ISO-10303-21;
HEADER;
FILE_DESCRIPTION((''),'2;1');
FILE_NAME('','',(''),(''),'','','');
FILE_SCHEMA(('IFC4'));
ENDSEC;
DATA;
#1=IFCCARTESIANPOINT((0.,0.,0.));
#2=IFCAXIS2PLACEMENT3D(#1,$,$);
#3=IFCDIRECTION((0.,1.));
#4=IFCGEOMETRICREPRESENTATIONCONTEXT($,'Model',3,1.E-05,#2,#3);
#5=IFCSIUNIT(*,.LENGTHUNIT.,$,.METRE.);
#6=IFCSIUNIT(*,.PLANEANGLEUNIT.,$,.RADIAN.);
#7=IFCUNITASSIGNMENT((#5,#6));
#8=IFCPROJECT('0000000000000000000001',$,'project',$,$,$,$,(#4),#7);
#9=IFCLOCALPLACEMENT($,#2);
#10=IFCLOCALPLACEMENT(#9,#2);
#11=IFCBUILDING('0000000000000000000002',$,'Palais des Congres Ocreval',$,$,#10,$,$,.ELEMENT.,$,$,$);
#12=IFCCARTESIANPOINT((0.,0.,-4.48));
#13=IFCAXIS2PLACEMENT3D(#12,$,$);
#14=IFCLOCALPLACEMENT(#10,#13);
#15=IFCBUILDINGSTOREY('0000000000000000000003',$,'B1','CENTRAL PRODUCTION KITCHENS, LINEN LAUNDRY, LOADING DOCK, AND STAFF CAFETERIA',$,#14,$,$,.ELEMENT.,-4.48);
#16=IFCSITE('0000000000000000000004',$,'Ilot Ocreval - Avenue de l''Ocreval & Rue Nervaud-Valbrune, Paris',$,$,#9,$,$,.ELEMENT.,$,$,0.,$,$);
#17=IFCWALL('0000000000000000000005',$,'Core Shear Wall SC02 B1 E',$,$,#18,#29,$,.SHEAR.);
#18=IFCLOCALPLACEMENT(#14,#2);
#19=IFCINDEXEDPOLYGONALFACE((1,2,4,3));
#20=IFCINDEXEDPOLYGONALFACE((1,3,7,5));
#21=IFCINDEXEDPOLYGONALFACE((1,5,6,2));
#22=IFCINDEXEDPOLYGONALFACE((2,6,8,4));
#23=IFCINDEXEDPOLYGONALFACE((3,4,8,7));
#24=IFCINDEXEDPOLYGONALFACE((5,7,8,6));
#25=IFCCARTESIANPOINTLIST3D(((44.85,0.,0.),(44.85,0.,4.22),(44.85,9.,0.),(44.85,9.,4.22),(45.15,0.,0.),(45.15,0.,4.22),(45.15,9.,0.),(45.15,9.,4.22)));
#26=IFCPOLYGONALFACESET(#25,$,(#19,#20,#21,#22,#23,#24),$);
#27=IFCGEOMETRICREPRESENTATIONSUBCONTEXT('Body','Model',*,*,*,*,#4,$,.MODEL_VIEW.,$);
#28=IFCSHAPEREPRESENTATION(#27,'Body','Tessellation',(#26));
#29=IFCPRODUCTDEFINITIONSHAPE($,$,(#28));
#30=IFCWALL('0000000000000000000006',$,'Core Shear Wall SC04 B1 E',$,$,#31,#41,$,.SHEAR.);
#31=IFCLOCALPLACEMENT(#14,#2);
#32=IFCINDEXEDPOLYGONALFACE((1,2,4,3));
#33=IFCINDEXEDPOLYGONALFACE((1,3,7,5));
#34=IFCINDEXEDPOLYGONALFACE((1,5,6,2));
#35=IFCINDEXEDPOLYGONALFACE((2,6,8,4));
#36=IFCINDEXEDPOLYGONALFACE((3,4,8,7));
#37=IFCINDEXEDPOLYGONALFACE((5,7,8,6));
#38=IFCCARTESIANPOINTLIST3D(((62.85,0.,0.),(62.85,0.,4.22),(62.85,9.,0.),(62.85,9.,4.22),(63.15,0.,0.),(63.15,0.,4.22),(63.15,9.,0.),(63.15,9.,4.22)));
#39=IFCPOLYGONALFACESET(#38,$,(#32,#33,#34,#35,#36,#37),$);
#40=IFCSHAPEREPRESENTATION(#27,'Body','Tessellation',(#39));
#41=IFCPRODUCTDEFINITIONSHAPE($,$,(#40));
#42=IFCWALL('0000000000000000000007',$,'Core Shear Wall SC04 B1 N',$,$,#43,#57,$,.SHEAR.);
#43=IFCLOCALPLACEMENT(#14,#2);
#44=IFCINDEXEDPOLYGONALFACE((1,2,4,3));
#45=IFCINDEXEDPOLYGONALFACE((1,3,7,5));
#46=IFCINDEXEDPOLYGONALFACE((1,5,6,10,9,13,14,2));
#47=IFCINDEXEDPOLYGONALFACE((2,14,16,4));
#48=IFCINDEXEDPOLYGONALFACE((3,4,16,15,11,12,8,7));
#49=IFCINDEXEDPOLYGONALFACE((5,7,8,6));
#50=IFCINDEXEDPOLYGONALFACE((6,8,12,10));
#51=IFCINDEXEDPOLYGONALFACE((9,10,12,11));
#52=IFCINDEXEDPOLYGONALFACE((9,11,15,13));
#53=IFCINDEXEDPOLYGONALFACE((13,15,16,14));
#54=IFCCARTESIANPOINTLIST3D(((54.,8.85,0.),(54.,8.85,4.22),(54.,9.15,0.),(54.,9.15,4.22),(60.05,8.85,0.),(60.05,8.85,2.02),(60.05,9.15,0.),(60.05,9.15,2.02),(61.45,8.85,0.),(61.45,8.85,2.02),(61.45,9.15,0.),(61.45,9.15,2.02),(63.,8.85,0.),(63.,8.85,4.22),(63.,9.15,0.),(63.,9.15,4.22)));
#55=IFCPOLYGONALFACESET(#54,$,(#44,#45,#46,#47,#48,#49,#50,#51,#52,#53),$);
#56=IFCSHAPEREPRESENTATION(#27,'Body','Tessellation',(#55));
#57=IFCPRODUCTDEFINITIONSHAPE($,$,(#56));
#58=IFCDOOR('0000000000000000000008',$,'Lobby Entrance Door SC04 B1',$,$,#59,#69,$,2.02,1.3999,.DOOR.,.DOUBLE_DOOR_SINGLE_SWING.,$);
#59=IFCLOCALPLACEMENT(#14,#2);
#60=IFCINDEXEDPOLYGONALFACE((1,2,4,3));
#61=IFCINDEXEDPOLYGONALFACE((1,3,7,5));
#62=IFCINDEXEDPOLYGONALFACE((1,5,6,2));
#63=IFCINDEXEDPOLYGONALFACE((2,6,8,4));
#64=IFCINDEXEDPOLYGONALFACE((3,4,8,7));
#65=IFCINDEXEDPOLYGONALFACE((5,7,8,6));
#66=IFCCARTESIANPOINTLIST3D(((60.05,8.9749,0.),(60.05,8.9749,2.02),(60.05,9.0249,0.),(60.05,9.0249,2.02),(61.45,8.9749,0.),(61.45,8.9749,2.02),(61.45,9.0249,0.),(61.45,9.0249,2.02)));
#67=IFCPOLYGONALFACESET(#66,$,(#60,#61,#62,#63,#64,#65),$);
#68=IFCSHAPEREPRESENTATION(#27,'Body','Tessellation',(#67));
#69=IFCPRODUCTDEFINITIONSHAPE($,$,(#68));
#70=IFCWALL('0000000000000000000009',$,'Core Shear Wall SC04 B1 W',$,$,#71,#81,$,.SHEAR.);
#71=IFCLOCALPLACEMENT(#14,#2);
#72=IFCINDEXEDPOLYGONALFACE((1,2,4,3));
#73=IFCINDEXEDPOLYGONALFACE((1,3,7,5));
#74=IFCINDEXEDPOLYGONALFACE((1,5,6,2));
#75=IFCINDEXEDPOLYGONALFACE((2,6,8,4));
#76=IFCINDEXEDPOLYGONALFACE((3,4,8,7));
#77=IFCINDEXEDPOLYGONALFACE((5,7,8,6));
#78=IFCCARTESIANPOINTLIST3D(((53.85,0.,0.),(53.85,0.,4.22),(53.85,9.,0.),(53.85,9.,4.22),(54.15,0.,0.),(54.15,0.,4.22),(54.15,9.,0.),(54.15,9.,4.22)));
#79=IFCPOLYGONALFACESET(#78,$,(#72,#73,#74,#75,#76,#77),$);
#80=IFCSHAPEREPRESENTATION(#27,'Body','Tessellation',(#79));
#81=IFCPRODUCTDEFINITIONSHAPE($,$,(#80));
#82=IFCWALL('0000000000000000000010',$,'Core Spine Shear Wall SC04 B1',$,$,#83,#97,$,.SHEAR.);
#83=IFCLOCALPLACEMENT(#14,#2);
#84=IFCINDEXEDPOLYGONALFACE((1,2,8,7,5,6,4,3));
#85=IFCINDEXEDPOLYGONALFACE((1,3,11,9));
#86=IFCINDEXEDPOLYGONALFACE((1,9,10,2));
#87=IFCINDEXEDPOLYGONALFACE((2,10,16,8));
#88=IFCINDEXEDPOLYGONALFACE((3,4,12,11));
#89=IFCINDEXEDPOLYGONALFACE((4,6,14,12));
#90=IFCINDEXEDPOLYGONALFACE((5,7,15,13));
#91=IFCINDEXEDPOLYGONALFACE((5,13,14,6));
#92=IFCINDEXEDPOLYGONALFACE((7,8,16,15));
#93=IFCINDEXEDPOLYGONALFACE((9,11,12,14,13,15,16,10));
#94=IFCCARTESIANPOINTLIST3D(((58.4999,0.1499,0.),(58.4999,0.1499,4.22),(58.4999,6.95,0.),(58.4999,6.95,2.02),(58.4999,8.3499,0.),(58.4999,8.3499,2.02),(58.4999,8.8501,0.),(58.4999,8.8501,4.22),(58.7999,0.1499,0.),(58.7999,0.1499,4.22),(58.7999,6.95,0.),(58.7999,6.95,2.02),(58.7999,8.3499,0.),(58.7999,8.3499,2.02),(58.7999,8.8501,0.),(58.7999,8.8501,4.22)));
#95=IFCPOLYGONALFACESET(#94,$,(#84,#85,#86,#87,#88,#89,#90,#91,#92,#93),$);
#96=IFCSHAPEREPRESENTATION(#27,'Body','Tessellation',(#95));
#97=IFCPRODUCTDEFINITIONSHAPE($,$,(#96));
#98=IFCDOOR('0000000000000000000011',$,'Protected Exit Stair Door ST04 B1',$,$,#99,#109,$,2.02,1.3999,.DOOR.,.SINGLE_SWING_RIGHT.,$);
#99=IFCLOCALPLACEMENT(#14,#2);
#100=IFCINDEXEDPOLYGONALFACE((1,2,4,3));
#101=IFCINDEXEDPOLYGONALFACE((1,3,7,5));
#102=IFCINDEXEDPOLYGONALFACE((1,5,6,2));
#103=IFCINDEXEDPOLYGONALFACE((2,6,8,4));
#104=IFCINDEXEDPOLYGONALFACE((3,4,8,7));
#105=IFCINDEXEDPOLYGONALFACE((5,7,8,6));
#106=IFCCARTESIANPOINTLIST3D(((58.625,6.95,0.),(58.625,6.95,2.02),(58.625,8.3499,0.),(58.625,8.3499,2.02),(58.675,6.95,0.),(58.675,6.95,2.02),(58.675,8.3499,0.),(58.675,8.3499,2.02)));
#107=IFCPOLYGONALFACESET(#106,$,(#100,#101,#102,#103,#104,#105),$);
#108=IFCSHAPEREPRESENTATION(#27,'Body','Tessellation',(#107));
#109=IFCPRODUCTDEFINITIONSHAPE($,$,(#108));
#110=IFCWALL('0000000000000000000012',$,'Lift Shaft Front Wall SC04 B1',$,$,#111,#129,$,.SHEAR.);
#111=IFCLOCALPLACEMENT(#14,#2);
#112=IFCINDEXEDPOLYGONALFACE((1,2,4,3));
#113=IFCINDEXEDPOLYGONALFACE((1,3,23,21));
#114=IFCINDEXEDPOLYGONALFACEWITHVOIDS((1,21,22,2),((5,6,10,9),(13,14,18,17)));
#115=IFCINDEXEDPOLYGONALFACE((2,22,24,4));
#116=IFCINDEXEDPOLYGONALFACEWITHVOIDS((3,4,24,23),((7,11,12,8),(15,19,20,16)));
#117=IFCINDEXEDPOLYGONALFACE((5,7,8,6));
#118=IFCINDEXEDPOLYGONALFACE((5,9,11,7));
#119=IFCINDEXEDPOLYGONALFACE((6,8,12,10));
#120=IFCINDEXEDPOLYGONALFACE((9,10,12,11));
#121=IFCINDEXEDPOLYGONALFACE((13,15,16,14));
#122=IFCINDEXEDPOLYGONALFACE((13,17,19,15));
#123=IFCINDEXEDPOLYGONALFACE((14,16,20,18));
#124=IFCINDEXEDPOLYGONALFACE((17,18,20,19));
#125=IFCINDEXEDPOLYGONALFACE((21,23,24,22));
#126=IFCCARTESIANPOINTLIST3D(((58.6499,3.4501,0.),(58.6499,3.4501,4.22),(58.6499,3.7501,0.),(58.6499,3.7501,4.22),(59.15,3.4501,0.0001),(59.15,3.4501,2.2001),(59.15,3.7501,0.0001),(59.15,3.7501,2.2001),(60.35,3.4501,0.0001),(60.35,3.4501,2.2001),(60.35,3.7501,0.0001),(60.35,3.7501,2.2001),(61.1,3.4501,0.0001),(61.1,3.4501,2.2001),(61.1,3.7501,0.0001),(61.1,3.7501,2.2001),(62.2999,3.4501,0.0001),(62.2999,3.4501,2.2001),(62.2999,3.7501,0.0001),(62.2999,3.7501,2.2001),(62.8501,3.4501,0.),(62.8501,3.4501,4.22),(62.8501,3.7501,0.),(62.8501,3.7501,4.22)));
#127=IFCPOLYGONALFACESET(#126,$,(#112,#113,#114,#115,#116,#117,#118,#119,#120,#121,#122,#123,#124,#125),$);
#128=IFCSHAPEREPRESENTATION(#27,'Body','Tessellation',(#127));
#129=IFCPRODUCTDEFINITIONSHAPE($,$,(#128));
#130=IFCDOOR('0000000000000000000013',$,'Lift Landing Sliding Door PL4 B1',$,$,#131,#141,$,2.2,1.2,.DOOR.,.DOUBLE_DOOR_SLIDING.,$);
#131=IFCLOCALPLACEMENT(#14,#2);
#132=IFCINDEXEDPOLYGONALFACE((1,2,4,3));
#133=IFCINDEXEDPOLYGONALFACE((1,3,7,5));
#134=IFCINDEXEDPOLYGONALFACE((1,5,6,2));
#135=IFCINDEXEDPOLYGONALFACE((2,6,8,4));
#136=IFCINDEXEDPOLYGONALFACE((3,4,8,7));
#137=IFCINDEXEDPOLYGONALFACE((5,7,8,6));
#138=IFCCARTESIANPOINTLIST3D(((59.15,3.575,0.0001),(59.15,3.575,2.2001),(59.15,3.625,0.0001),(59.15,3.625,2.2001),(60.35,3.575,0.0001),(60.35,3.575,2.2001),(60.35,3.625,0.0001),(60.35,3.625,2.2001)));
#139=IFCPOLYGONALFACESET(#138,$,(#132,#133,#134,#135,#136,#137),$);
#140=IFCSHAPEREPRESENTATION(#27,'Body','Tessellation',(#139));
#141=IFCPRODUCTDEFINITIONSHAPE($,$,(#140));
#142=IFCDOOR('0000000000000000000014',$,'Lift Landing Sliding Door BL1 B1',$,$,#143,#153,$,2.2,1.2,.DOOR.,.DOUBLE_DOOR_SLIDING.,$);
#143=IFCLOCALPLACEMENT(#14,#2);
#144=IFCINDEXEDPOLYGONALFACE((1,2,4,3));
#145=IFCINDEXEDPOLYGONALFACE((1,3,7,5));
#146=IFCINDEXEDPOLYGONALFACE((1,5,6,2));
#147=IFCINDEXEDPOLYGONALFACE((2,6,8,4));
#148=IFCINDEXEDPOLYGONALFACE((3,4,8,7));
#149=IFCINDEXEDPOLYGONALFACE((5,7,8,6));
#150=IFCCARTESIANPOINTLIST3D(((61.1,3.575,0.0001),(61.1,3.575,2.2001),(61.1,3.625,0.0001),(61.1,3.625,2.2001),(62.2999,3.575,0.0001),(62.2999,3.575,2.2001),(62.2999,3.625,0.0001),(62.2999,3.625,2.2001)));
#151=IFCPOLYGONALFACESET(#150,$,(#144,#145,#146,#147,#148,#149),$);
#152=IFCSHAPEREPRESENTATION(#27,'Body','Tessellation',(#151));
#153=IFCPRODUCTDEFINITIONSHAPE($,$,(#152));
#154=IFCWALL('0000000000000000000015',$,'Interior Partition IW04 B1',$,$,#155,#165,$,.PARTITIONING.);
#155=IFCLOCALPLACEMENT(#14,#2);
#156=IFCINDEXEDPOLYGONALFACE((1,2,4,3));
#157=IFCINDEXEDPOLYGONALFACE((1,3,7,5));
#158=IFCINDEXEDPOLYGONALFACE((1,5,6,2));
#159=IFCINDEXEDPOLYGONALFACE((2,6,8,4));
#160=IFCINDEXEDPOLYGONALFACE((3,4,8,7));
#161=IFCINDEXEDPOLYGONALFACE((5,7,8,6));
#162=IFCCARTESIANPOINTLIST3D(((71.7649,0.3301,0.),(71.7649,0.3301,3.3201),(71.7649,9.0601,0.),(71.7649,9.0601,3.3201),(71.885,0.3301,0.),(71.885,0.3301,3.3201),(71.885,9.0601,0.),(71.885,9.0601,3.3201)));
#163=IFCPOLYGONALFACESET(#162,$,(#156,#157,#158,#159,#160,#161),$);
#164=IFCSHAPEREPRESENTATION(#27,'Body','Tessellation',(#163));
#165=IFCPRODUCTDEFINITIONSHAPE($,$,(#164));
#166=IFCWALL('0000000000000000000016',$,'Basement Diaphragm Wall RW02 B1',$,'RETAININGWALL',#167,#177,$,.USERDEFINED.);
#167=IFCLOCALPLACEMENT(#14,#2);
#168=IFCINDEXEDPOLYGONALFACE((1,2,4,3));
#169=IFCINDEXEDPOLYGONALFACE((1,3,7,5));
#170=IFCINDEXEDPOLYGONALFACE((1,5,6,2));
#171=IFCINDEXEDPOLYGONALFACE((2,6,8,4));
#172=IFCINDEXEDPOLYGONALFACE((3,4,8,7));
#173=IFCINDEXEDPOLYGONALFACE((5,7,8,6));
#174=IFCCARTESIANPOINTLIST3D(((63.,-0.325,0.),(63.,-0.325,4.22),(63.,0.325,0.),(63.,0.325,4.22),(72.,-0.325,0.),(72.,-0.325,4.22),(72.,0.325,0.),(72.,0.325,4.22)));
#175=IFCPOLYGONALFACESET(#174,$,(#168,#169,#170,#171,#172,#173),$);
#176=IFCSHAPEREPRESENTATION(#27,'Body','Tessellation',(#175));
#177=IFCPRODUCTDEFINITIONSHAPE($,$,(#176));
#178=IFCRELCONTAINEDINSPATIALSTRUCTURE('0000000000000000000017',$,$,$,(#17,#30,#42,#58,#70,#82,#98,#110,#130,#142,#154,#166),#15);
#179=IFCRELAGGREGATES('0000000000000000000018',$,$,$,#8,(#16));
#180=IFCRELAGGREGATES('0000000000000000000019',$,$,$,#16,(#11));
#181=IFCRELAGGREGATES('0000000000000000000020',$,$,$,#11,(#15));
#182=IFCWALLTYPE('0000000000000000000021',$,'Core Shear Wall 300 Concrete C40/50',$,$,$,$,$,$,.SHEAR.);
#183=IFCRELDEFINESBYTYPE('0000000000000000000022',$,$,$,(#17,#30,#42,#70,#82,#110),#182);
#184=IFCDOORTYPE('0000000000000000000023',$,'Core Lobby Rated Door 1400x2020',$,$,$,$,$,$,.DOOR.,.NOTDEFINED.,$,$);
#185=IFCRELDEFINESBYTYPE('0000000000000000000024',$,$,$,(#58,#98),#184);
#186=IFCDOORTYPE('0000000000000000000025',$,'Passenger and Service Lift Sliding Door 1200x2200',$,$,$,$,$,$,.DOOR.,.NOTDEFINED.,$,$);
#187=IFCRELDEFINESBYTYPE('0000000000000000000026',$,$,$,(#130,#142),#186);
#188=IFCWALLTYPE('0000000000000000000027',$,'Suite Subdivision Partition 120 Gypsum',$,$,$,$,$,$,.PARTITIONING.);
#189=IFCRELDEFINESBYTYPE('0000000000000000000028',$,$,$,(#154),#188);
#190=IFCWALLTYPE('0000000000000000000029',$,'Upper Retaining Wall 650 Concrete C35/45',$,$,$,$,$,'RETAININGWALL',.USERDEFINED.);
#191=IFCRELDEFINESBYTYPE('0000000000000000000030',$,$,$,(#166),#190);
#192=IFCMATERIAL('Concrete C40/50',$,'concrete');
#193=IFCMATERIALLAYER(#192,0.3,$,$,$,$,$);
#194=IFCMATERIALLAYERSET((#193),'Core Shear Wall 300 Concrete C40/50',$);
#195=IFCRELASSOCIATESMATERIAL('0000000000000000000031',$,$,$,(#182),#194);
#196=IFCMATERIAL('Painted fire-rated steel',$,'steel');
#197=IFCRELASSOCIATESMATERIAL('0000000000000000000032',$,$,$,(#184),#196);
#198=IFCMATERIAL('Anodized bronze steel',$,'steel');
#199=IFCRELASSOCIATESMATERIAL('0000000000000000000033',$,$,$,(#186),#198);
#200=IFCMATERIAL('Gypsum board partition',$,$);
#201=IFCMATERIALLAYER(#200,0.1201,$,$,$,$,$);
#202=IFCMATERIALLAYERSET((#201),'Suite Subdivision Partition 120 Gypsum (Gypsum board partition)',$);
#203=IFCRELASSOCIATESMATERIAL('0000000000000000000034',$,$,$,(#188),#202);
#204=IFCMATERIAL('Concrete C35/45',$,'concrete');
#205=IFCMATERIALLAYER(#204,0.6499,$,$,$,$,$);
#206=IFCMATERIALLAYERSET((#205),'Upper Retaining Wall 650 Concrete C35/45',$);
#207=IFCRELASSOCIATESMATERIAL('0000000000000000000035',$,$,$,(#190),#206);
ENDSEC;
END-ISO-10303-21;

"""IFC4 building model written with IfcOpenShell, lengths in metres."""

from ifc_helpers import new_model, si_unit, direction, frame, frame_2d, origin, place, context, subcontext, project, spatial, rectangle, extrude, material, layer, layer_set, type_object, element, fill, save


model = new_model("IFC4")

# Units and contexts
model_context = context("Model", 3, precision=1e-05, world=origin(), true_north=direction((0.0, 1.0)))
body_context = subcontext(model_context, "Body", "Model", "MODEL_VIEW")
ifc_project = project(units=[si_unit("LENGTHUNIT", "METRE"), si_unit("PLANEANGLEUNIT", "RADIAN")], contexts=[model_context])

# Site, building, storey
site_placement = place(None, origin())
site = spatial("IfcSite", under=ifc_project, at=site_placement, Name="Ilot Ocreval - Avenue de l'Ocreval & Rue Nervaud-Valbrune, Paris", CompositionType="ELEMENT", RefElevation=0.0)
building_placement = place(site_placement, origin())
building = spatial("IfcBuilding", under=site, at=building_placement, Name="Palais des Congres Ocreval", CompositionType="ELEMENT")
storey_placement = place(building_placement, frame((0.0, 0.0, -4.48)))
storey = spatial("IfcBuildingStorey", under=building, at=storey_placement, Name="B1", Description="CENTRAL PRODUCTION KITCHENS, LINEN LAUNDRY, LOADING DOCK, AND STAFF CAFETERIA", CompositionType="ELEMENT", Elevation=-4.48)

# Shared definitions
ifc_material_1 = material(Name="Concrete C40/50", Category="concrete")

# Shared definitions
ifc_material_2 = material(Name="Concrete C35/45", Category="concrete")

# Walls
ifc_layer_1 = layer(ifc_material_1, 0.3)
ifc_layer_set_1 = layer_set([ifc_layer_1], Name="Core Shear Wall 300 Concrete C40/50")
wall_type_1 = type_object("IfcWallType", Name="Core Shear Wall 300 Concrete C40/50", PredefinedType="SHEAR", material=ifc_layer_set_1)
for number, where, z_axis, x_axis, name in (
    (1, (45.0, 0.0, 0.0), (0.0, 0.0, 1.0), (0.0, 1.0, 0.0), "Core Shear Wall SC02 B1 E"),
    (2, (63.0, 0.0, 0.0), (0.0, 0.0, 1.0), (0.0, 1.0, 0.0), "Core Shear Wall SC04 B1 E"),
):
    element("IfcWall", number, at=place(storey_placement, frame(where, z_axis=z_axis, x_axis=x_axis)), inside=storey, type_object=wall_type_1, Name=name, PredefinedType="SHEAR", context=body_context, shape_type="SweptSolid", body=[
        extrude(rectangle(XDim=9.0, YDim=0.3, at=frame_2d((4.5, 0.0))), origin(), (0.0, 0.0, 1.0), 4.22),
    ])

# Wall, opening, door
wall_1_placement = place(storey_placement, frame((54.0, 9.0, 0.0), z_axis=(0.0, 0.0, 1.0), x_axis=(1.0, 0.0, 0.0)))
wall_1 = element("IfcWall", 3, at=wall_1_placement, inside=storey, type_object=wall_type_1, Name="Core Shear Wall SC04 B1 N", PredefinedType="SHEAR", context=body_context, shape_type="SweptSolid", body=[
    extrude(rectangle(XDim=9.0, YDim=0.3, at=frame_2d((4.5, 0.0))), origin(), (0.0, 0.0, 1.0), 4.22),
])
opening_1_placement = place(wall_1_placement, frame((6.05, 0.0, 0.0)))
opening_1 = element("IfcOpeningElement", 4, at=opening_1_placement, cuts=wall_1, PredefinedType="OPENING", context=body_context, shape_type="SweptSolid", body=[
    extrude(rectangle(XDim=1.3999, YDim=2.02, at=frame_2d((0.7, 1.01))), frame((0.0, 0.1599, 0.0), z_axis=(0.0, -1.0, 0.0), x_axis=(1.0, 0.0, 0.0)), (0.0, 0.0, 1.0), 0.3201),
])
ifc_material_3 = material(Name="Painted fire-rated steel", Category="steel")
door_type_1 = type_object("IfcDoorType", Name="Core Lobby Rated Door 1400x2020", OperationType="NOTDEFINED", PredefinedType="DOOR", material=ifc_material_3)
door_1_placement = place(opening_1_placement, origin())
door_1 = element("IfcDoor", 5, at=door_1_placement, inside=storey, type_object=door_type_1, Name="Lobby Entrance Door SC04 B1", OperationType="DOUBLE_DOOR_SINGLE_SWING", OverallHeight=2.02, OverallWidth=1.3999, PredefinedType="DOOR", context=body_context, shape_type="SweptSolid", body=[
    extrude(rectangle(XDim=1.3999, YDim=2.02, at=frame_2d((0.7, 1.01))), frame((0.0, 0.0249, 0.0), z_axis=(0.0, -1.0, 0.0), x_axis=(1.0, 0.0, 0.0)), (0.0, 0.0, 1.0), 0.05),
])
fill(opening_1, door_1)

# Wall
wall_2_placement = place(storey_placement, frame((54.0, 0.0, 0.0), z_axis=(0.0, 0.0, 1.0), x_axis=(0.0, 1.0, 0.0)))
element("IfcWall", 6, at=wall_2_placement, inside=storey, type_object=wall_type_1, Name="Core Shear Wall SC04 B1 W", PredefinedType="SHEAR", context=body_context, shape_type="SweptSolid", body=[
    extrude(rectangle(XDim=9.0, YDim=0.3, at=frame_2d((4.5, 0.0))), origin(), (0.0, 0.0, 1.0), 4.22),
])

# Wall, opening, door
wall_3_placement = place(storey_placement, frame((58.6499, 0.1499, 0.0), z_axis=(0.0, 0.0, 1.0), x_axis=(0.0, 1.0, 0.0)))
wall_3 = element("IfcWall", 7, at=wall_3_placement, inside=storey, type_object=wall_type_1, Name="Core Spine Shear Wall SC04 B1", PredefinedType="SHEAR", context=body_context, shape_type="SweptSolid", body=[
    extrude(rectangle(XDim=8.7002, YDim=0.3, at=frame_2d((4.3501, 0.0))), origin(), (0.0, 0.0, 1.0), 4.22),
])
opening_2_placement = place(wall_3_placement, frame((6.8, 0.0, 0.0)))
opening_2 = element("IfcOpeningElement", 8, at=opening_2_placement, cuts=wall_3, PredefinedType="OPENING", context=body_context, shape_type="SweptSolid", body=[
    extrude(rectangle(XDim=1.3999, YDim=2.02, at=frame_2d((0.7, 1.01))), frame((0.0, 0.1599, 0.0), z_axis=(0.0, -1.0, 0.0), x_axis=(1.0, 0.0, 0.0)), (0.0, 0.0, 1.0), 0.3201),
])
door_2_placement = place(opening_2_placement, origin())
door_2 = element("IfcDoor", 9, at=door_2_placement, inside=storey, type_object=door_type_1, Name="Protected Exit Stair Door ST04 B1", OperationType="SINGLE_SWING_RIGHT", OverallHeight=2.02, OverallWidth=1.3999, PredefinedType="DOOR", context=body_context, shape_type="SweptSolid", body=[
    extrude(rectangle(XDim=1.3999, YDim=2.02, at=frame_2d((0.7, 1.01))), frame((0.0, 0.0249, 0.0), z_axis=(0.0, -1.0, 0.0), x_axis=(1.0, 0.0, 0.0)), (0.0, 0.0, 1.0), 0.05),
])
fill(opening_2, door_2)

# Wall, openings, doors
wall_4_placement = place(storey_placement, frame((58.6499, 3.6001, 0.0), z_axis=(0.0, 0.0, 1.0), x_axis=(1.0, 0.0, 0.0)))
wall_4 = element("IfcWall", 10, at=wall_4_placement, inside=storey, type_object=wall_type_1, Name="Lift Shaft Front Wall SC04 B1", PredefinedType="SHEAR", context=body_context, shape_type="SweptSolid", body=[
    extrude(rectangle(XDim=4.2002, YDim=0.3, at=frame_2d((2.1001, 0.0))), origin(), (0.0, 0.0, 1.0), 4.22),
])
opening_3_placement = place(wall_4_placement, frame((0.5, 0.0, 0.0)))
opening_3 = element("IfcOpeningElement", 11, at=opening_3_placement, cuts=wall_4, PredefinedType="OPENING", context=body_context, shape_type="SweptSolid", body=[
    extrude(rectangle(XDim=1.2, YDim=2.2, at=frame_2d((0.6001, 1.1001))), frame((0.0, 0.1599, 0.0), z_axis=(0.0, -1.0, 0.0), x_axis=(1.0, 0.0, 0.0)), (0.0, 0.0, 1.0), 0.3201),
])
opening_4_placement = place(wall_4_placement, frame((2.45, 0.0, 0.0)))
opening_4 = element("IfcOpeningElement", 12, at=opening_4_placement, cuts=wall_4, PredefinedType="OPENING", context=body_context, shape_type="SweptSolid", body=[
    extrude(rectangle(XDim=1.2, YDim=2.2, at=frame_2d((0.6001, 1.1001))), frame((0.0, 0.1599, 0.0), z_axis=(0.0, -1.0, 0.0), x_axis=(1.0, 0.0, 0.0)), (0.0, 0.0, 1.0), 0.3201),
])
ifc_material_4 = material(Name="Anodized bronze steel", Category="steel")
door_type_2 = type_object("IfcDoorType", Name="Passenger and Service Lift Sliding Door 1200x2200", OperationType="NOTDEFINED", PredefinedType="DOOR", material=ifc_material_4)
door_3_placement = place(opening_3_placement, origin())
door_3 = element("IfcDoor", 13, at=door_3_placement, inside=storey, type_object=door_type_2, Name="Lift Landing Sliding Door PL4 B1", OperationType="DOUBLE_DOOR_SLIDING", OverallHeight=2.2, OverallWidth=1.2, PredefinedType="DOOR", context=body_context, shape_type="SweptSolid", body=[
    extrude(rectangle(XDim=1.2, YDim=2.2, at=frame_2d((0.6001, 1.1001))), frame((0.0, 0.0249, 0.0), z_axis=(0.0, -1.0, 0.0), x_axis=(1.0, 0.0, 0.0)), (0.0, 0.0, 1.0), 0.05),
])
fill(opening_3, door_3)
door_4_placement = place(opening_4_placement, origin())
door_4 = element("IfcDoor", 14, at=door_4_placement, inside=storey, type_object=door_type_2, Name="Lift Landing Sliding Door BL1 B1", OperationType="DOUBLE_DOOR_SLIDING", OverallHeight=2.2, OverallWidth=1.2, PredefinedType="DOOR", context=body_context, shape_type="SweptSolid", body=[
    extrude(rectangle(XDim=1.2, YDim=2.2, at=frame_2d((0.6001, 1.1001))), frame((0.0, 0.0249, 0.0), z_axis=(0.0, -1.0, 0.0), x_axis=(1.0, 0.0, 0.0)), (0.0, 0.0, 1.0), 0.05),
])
fill(opening_4, door_4)

# Walls
ifc_material_5 = material(Name="Gypsum board partition")
ifc_layer_2 = layer(ifc_material_5, 0.1201)
ifc_layer_set_2 = layer_set([ifc_layer_2], Name="Suite Subdivision Partition 120 Gypsum (Gypsum board partition)")
wall_type_2 = type_object("IfcWallType", Name="Suite Subdivision Partition 120 Gypsum", PredefinedType="PARTITIONING", material=ifc_layer_set_2)
wall_5_placement = place(storey_placement, frame((71.825, 0.3301, 0.0), z_axis=(0.0, 0.0, 1.0), x_axis=(0.0, 1.0, 0.0)))
element("IfcWall", 15, at=wall_5_placement, inside=storey, type_object=wall_type_2, Name="Interior Partition IW04 B1", PredefinedType="PARTITIONING", context=body_context, shape_type="SweptSolid", body=[
    extrude(rectangle(XDim=8.73, YDim=0.1201, at=frame_2d((4.365, 0.0))), origin(), (0.0, 0.0, 1.0), 3.3201),
])
ifc_layer_3 = layer(ifc_material_2, 0.6499)
ifc_layer_set_3 = layer_set([ifc_layer_3], Name="Upper Retaining Wall 650 Concrete C35/45")
wall_type_3 = type_object("IfcWallType", Name="Upper Retaining Wall 650 Concrete C35/45", ElementType="RETAININGWALL", PredefinedType="USERDEFINED", material=ifc_layer_set_3)
for number, where, z_axis, x_axis, name in (
    (16, (72.0, 0.0, 0.0), (0.0, 0.0, 1.0), (-1.0, 0.0, 0.0), "Basement Diaphragm Wall RW02 B1"),
):
    element("IfcWall", number, at=place(storey_placement, frame(where, z_axis=z_axis, x_axis=x_axis)), inside=storey, type_object=wall_type_3, Name=name, ObjectType="RETAININGWALL", PredefinedType="USERDEFINED", context=body_context, shape_type="SweptSolid", body=[
        extrude(rectangle(XDim=9.0, YDim=0.6499, at=frame_2d((4.5, 0.0))), origin(), (0.0, 0.0, 1.0), 4.22),
    ])

save(model, "model.ifc")
